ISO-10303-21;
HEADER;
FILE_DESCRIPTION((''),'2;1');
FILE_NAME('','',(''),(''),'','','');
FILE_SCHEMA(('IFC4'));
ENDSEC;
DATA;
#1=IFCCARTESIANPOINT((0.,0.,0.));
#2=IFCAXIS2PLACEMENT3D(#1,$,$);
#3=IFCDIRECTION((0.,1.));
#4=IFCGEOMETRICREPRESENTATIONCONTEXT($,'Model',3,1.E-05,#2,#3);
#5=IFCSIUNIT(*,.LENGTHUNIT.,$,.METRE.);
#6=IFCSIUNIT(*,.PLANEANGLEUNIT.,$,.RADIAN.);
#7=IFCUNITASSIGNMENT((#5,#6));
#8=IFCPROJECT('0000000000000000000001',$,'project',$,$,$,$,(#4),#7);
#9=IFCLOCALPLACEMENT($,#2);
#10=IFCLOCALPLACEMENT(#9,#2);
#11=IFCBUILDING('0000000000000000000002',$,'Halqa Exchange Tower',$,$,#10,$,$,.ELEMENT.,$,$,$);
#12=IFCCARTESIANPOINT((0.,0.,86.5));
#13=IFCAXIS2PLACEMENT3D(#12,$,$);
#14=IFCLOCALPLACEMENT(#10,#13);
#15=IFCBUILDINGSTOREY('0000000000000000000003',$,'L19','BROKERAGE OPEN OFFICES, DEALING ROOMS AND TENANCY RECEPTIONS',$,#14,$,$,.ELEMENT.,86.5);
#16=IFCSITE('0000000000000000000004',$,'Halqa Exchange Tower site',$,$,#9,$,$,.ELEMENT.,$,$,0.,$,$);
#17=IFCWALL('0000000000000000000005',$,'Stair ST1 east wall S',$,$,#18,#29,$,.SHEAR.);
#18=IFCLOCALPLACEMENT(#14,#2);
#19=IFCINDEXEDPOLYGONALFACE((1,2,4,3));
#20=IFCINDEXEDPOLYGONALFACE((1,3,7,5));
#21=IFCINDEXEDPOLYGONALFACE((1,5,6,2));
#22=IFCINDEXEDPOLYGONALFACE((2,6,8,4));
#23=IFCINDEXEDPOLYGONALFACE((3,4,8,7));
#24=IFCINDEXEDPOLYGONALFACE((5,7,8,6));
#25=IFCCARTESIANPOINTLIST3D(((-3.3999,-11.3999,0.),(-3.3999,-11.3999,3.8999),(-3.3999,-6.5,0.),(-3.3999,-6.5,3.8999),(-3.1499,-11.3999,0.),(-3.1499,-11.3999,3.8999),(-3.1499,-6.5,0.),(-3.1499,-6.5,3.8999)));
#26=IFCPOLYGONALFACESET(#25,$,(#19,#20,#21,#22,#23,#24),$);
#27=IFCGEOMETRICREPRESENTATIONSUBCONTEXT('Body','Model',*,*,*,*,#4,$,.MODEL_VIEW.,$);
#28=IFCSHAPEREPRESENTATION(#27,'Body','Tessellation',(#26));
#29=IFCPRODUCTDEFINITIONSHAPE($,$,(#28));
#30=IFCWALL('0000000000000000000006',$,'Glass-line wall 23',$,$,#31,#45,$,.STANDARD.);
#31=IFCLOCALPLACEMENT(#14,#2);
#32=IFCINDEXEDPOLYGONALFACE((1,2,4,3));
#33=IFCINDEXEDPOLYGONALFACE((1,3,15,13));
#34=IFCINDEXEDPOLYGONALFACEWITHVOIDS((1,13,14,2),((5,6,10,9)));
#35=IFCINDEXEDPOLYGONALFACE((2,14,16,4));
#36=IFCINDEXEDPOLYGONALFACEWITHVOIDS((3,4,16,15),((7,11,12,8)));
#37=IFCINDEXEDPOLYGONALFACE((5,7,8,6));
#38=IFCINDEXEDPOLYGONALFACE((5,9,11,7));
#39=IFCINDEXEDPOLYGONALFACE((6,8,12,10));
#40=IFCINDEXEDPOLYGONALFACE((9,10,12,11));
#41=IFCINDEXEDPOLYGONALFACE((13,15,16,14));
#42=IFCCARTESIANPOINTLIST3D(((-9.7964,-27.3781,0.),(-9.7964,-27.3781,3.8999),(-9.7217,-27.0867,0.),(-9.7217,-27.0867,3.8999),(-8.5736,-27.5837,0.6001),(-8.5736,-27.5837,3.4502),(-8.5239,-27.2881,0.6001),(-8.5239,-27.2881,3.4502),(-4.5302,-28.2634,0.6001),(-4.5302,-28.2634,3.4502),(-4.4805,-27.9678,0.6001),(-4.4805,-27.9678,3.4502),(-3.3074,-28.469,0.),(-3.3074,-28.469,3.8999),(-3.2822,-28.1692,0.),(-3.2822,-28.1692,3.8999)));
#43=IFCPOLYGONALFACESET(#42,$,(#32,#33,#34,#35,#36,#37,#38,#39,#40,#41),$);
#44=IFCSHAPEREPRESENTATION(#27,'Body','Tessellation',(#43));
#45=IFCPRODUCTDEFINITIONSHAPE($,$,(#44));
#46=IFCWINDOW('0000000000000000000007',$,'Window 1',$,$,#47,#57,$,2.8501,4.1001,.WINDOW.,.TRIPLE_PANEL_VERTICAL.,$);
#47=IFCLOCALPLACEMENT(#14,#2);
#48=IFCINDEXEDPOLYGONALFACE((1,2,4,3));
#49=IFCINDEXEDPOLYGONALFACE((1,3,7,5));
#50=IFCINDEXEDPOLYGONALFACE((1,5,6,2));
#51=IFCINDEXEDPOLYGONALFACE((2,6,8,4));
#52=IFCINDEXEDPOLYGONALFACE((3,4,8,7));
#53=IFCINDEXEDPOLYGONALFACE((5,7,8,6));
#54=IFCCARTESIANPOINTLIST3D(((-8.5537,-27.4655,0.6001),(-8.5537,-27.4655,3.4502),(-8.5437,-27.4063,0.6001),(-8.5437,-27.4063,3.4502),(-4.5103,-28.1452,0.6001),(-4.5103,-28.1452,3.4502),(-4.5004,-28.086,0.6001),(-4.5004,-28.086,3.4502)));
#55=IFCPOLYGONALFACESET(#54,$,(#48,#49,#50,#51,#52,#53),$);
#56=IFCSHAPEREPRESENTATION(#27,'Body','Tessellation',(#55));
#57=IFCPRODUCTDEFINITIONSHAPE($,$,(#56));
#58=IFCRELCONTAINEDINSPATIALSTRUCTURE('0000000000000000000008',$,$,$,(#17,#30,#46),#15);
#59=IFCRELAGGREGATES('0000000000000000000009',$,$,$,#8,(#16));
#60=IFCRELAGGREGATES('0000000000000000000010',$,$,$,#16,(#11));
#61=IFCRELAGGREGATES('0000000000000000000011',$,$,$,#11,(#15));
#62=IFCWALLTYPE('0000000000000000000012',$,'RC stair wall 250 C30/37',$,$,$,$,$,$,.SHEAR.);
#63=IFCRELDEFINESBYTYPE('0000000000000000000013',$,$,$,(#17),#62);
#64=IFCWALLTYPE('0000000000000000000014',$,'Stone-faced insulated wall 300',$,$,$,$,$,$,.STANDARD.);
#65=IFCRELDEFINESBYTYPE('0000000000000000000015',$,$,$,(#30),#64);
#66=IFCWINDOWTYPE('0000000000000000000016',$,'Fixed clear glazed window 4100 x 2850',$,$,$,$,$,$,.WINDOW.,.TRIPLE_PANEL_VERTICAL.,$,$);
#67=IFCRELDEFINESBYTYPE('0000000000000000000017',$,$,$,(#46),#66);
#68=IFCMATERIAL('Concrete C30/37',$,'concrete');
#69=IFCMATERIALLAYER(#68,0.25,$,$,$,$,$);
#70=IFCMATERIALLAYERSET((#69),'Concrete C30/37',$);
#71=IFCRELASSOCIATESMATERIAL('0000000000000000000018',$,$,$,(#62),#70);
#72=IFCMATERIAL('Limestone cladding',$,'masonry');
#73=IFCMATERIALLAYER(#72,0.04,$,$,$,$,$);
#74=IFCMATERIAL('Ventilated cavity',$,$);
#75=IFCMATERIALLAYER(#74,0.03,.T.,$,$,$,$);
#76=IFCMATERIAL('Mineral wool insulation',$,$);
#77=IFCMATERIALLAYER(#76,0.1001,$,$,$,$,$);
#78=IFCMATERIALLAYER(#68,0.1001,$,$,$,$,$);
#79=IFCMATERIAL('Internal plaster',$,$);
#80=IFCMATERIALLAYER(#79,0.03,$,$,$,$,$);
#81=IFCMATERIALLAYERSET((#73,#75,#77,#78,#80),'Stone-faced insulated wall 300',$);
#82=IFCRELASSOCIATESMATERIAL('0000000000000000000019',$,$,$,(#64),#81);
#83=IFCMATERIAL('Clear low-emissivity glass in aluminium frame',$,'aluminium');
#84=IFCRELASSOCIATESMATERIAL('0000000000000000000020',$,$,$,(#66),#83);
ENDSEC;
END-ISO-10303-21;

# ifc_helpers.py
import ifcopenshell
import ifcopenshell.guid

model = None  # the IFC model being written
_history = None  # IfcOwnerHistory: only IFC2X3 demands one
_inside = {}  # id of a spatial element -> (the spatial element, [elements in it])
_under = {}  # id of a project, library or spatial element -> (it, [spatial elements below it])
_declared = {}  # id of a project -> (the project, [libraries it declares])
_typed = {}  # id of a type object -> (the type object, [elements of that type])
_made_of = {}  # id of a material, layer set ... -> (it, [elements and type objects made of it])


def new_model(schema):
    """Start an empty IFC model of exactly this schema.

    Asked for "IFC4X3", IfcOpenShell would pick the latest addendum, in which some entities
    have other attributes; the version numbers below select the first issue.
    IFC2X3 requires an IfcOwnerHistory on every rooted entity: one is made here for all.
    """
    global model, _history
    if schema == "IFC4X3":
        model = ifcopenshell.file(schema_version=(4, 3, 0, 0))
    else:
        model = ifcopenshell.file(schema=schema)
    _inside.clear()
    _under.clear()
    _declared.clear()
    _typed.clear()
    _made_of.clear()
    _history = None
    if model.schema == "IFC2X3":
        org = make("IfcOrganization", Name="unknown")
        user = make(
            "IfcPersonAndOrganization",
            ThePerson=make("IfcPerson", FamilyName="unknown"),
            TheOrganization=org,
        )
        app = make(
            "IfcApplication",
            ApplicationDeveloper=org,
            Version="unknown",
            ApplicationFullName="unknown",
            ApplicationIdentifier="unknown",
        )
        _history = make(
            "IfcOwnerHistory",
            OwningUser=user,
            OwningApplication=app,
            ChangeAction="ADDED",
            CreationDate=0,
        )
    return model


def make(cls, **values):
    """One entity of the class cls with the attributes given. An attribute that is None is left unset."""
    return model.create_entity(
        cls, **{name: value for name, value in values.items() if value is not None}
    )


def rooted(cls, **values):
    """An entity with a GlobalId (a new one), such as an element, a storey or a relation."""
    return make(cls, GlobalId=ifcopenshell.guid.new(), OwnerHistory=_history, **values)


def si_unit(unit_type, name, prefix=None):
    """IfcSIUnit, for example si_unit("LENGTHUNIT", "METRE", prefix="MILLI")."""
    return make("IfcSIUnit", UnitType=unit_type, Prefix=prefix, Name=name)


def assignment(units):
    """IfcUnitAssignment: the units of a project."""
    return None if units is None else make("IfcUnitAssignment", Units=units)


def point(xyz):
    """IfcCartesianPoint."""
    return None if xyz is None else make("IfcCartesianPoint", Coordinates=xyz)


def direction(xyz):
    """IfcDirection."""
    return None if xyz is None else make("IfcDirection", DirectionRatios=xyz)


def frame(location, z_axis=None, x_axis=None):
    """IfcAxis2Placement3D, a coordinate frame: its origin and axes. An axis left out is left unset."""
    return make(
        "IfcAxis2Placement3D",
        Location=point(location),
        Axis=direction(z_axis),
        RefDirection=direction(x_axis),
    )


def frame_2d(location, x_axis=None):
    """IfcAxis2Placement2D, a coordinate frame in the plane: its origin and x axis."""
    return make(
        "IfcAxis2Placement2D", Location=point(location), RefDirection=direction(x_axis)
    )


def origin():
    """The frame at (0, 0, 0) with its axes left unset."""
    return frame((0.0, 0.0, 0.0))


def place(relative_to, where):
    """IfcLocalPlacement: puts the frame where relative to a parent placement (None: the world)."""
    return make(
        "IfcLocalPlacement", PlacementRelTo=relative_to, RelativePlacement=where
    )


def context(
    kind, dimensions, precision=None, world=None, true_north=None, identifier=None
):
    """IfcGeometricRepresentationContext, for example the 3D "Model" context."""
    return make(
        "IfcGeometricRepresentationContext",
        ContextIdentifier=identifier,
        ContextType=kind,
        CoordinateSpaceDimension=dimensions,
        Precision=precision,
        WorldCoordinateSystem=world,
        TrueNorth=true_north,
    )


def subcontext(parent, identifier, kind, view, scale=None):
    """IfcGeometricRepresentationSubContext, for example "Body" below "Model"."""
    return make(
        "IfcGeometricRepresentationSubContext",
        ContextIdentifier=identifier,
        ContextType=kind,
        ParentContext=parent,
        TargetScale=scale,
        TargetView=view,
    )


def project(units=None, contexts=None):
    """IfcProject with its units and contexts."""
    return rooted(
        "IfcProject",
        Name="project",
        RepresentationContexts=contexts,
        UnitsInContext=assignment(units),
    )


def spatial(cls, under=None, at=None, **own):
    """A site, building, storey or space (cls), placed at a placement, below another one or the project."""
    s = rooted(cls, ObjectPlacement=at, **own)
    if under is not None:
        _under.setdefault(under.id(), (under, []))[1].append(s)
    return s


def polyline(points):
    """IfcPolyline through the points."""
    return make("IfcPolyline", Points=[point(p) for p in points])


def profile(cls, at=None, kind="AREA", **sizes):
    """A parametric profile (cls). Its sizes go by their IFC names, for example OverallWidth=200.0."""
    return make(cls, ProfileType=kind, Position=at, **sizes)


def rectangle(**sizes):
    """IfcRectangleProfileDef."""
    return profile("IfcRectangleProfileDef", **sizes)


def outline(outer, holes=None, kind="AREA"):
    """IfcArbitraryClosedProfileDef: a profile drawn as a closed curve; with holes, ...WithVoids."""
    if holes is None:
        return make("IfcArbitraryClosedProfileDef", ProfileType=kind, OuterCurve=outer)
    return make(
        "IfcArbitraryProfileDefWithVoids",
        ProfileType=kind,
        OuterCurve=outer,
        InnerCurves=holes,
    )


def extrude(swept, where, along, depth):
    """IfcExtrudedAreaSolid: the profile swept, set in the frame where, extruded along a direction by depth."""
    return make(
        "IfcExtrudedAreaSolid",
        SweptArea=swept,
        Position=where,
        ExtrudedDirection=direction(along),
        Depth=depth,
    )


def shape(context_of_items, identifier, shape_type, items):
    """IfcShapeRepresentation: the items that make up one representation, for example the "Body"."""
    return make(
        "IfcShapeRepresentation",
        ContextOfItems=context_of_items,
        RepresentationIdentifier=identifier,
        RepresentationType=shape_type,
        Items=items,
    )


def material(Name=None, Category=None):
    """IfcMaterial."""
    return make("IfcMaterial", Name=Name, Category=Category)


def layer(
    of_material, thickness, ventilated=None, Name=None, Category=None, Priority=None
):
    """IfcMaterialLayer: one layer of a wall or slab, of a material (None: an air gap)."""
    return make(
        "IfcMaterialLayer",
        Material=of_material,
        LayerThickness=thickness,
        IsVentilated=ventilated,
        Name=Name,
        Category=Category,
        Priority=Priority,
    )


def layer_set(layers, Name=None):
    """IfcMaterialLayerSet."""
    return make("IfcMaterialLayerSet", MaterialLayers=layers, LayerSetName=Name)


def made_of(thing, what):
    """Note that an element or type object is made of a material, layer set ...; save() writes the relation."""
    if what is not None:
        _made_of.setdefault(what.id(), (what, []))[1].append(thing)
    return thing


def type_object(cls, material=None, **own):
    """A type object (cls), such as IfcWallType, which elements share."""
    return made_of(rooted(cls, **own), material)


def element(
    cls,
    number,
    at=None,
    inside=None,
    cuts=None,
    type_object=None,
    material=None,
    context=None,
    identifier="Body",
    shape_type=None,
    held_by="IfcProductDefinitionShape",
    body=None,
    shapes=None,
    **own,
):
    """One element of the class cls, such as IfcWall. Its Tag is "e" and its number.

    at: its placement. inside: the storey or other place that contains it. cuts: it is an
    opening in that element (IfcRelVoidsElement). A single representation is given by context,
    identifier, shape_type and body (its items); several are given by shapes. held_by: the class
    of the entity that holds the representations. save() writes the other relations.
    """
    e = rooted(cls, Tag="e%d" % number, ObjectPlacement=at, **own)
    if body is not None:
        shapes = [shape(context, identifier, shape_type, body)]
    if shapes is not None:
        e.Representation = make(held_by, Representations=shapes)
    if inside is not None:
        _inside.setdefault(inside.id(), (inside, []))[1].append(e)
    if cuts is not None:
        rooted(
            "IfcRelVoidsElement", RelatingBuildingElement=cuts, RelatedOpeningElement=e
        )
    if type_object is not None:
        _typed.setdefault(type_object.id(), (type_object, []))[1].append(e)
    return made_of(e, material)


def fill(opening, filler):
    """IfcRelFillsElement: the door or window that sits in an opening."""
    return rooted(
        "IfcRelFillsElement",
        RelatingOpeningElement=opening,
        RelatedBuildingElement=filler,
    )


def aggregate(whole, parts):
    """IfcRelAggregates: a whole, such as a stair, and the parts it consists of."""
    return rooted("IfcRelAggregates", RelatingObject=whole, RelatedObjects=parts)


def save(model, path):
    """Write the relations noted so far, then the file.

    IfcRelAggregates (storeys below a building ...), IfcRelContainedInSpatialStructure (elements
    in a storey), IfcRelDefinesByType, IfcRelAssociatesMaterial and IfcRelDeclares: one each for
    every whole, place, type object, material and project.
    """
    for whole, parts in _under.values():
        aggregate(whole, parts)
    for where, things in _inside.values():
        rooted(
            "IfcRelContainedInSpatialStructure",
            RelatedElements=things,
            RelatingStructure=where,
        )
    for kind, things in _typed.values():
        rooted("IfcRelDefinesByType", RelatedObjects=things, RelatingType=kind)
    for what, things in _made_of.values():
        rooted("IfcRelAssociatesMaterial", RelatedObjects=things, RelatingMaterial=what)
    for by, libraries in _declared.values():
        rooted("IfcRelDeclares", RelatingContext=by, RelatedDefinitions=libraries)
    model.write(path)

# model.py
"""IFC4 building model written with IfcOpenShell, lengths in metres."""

from ifc_helpers import new_model, si_unit, direction, frame, frame_2d, origin, place, context, subcontext, project, spatial, polyline, rectangle, outline, extrude, material, layer, layer_set, type_object, element, fill, save


model = new_model("IFC4")

# Units and contexts
model_context = context("Model", 3, precision=1e-05, world=origin(), true_north=direction((0.0, 1.0)))
body_context = subcontext(model_context, "Body", "Model", "MODEL_VIEW")
ifc_project = project(units=[si_unit("LENGTHUNIT", "METRE"), si_unit("PLANEANGLEUNIT", "RADIAN")], contexts=[model_context])

# Site, building, storey
site_placement = place(None, origin())
site = spatial("IfcSite", under=ifc_project, at=site_placement, Name="Halqa Exchange Tower site", CompositionType="ELEMENT", RefElevation=0.0)
building_placement = place(site_placement, origin())
building = spatial("IfcBuilding", under=site, at=building_placement, Name="Halqa Exchange Tower", CompositionType="ELEMENT")
storey_placement = place(building_placement, frame((0.0, 0.0, 86.5)))
storey = spatial("IfcBuildingStorey", under=building, at=storey_placement, Name="L19", Description="BROKERAGE OPEN OFFICES, DEALING ROOMS AND TENANCY RECEPTIONS", CompositionType="ELEMENT", Elevation=86.5)

# Wall
ifc_material_1 = material(Name="Concrete C30/37", Category="concrete")
ifc_layer_1 = layer(ifc_material_1, 0.25)
ifc_layer_set_1 = layer_set([ifc_layer_1], Name="Concrete C30/37")
wall_type_1 = type_object("IfcWallType", Name="RC stair wall 250 C30/37", PredefinedType="SHEAR", material=ifc_layer_set_1)
wall_1_placement = place(storey_placement, frame((-3.2749, -11.3999, 0.0), z_axis=(0.0, 0.0, 1.0), x_axis=(0.0, 1.0, 0.0)))
element("IfcWall", 1, at=wall_1_placement, inside=storey, type_object=wall_type_1, Name="Stair ST1 east wall S", PredefinedType="SHEAR", context=body_context, shape_type="SweptSolid", body=[
    extrude(rectangle(XDim=4.8999, YDim=0.25, at=frame_2d((2.45, 0.0))), origin(), (0.0, 0.0, 1.0), 3.8999),
])

# Wall, opening, window
ifc_material_2 = material(Name="Limestone cladding", Category="masonry")
ifc_layer_2 = layer(ifc_material_2, 0.04)
ifc_material_3 = material(Name="Ventilated cavity")
ifc_layer_3 = layer(ifc_material_3, 0.03, ventilated=True)
ifc_material_4 = material(Name="Mineral wool insulation")
ifc_layer_4 = layer(ifc_material_4, 0.1001)
ifc_layer_5 = layer(ifc_material_1, 0.1001)
ifc_material_5 = material(Name="Internal plaster")
ifc_layer_6 = layer(ifc_material_5, 0.03)
ifc_layer_set_2 = layer_set([ifc_layer_2, ifc_layer_3, ifc_layer_4, ifc_layer_5, ifc_layer_6], Name="Stone-faced insulated wall 300")
wall_type_2 = type_object("IfcWallType", Name="Stone-faced insulated wall 300", PredefinedType="STANDARD", material=ifc_layer_set_2)
wall_2_placement = place(storey_placement, frame((-9.759, -27.2324, 0.0), z_axis=(0.0, 0.0, 1.0), x_axis=(0.986162, -0.165782, 0.0)))
wall_2 = element("IfcWall", 2, at=wall_2_placement, inside=storey, type_object=wall_type_2, Name="Glass-line wall 23", PredefinedType="STANDARD", context=body_context, shape_type="SweptSolid", body=[
    extrude(outline(polyline([(-0.0127, -0.1499), (6.5674, -0.1499), (6.5425, 0.1499), (0.0127, 0.1499), (-0.0127, -0.1499)])), origin(), (0.0, 0.0, 1.0), 3.8999),
])
opening_1_placement = place(wall_2_placement, frame((1.2273, 0.0, 0.6001)))
opening_1 = element("IfcOpeningElement", 3, at=opening_1_placement, cuts=wall_2, PredefinedType="OPENING", context=body_context, shape_type="SweptSolid", body=[
    extrude(rectangle(XDim=4.1001, YDim=2.8501, at=frame_2d((2.05, 1.425))), frame((0.0, 0.1621, 0.0), z_axis=(0.0, -1.0, 0.0), x_axis=(1.0, 0.0, 0.0)), (0.0, 0.0, 1.0), 0.324),
])
ifc_material_6 = material(Name="Clear low-emissivity glass in aluminium frame", Category="aluminium")
window_type = type_object("IfcWindowType", Name="Fixed clear glazed window 4100 x 2850", PartitioningType="TRIPLE_PANEL_VERTICAL", PredefinedType="WINDOW", material=ifc_material_6)
window_placement = place(opening_1_placement, origin())
window = element("IfcWindow", 4, at=window_placement, inside=storey, type_object=window_type, Name="Window 1", OverallHeight=2.8501, OverallWidth=4.1001, PartitioningType="TRIPLE_PANEL_VERTICAL", PredefinedType="WINDOW", context=body_context, shape_type="SweptSolid", body=[
    extrude(rectangle(XDim=4.1001, YDim=2.8501, at=frame_2d((2.05, 1.425))), frame((0.0, 0.03, 0.0), z_axis=(0.0, -1.0, 0.0), x_axis=(1.0, 0.0, 0.0)), (0.0, 0.0, 1.0), 0.0601),
])
fill(opening_1, window)

save(model, "model.ifc")
